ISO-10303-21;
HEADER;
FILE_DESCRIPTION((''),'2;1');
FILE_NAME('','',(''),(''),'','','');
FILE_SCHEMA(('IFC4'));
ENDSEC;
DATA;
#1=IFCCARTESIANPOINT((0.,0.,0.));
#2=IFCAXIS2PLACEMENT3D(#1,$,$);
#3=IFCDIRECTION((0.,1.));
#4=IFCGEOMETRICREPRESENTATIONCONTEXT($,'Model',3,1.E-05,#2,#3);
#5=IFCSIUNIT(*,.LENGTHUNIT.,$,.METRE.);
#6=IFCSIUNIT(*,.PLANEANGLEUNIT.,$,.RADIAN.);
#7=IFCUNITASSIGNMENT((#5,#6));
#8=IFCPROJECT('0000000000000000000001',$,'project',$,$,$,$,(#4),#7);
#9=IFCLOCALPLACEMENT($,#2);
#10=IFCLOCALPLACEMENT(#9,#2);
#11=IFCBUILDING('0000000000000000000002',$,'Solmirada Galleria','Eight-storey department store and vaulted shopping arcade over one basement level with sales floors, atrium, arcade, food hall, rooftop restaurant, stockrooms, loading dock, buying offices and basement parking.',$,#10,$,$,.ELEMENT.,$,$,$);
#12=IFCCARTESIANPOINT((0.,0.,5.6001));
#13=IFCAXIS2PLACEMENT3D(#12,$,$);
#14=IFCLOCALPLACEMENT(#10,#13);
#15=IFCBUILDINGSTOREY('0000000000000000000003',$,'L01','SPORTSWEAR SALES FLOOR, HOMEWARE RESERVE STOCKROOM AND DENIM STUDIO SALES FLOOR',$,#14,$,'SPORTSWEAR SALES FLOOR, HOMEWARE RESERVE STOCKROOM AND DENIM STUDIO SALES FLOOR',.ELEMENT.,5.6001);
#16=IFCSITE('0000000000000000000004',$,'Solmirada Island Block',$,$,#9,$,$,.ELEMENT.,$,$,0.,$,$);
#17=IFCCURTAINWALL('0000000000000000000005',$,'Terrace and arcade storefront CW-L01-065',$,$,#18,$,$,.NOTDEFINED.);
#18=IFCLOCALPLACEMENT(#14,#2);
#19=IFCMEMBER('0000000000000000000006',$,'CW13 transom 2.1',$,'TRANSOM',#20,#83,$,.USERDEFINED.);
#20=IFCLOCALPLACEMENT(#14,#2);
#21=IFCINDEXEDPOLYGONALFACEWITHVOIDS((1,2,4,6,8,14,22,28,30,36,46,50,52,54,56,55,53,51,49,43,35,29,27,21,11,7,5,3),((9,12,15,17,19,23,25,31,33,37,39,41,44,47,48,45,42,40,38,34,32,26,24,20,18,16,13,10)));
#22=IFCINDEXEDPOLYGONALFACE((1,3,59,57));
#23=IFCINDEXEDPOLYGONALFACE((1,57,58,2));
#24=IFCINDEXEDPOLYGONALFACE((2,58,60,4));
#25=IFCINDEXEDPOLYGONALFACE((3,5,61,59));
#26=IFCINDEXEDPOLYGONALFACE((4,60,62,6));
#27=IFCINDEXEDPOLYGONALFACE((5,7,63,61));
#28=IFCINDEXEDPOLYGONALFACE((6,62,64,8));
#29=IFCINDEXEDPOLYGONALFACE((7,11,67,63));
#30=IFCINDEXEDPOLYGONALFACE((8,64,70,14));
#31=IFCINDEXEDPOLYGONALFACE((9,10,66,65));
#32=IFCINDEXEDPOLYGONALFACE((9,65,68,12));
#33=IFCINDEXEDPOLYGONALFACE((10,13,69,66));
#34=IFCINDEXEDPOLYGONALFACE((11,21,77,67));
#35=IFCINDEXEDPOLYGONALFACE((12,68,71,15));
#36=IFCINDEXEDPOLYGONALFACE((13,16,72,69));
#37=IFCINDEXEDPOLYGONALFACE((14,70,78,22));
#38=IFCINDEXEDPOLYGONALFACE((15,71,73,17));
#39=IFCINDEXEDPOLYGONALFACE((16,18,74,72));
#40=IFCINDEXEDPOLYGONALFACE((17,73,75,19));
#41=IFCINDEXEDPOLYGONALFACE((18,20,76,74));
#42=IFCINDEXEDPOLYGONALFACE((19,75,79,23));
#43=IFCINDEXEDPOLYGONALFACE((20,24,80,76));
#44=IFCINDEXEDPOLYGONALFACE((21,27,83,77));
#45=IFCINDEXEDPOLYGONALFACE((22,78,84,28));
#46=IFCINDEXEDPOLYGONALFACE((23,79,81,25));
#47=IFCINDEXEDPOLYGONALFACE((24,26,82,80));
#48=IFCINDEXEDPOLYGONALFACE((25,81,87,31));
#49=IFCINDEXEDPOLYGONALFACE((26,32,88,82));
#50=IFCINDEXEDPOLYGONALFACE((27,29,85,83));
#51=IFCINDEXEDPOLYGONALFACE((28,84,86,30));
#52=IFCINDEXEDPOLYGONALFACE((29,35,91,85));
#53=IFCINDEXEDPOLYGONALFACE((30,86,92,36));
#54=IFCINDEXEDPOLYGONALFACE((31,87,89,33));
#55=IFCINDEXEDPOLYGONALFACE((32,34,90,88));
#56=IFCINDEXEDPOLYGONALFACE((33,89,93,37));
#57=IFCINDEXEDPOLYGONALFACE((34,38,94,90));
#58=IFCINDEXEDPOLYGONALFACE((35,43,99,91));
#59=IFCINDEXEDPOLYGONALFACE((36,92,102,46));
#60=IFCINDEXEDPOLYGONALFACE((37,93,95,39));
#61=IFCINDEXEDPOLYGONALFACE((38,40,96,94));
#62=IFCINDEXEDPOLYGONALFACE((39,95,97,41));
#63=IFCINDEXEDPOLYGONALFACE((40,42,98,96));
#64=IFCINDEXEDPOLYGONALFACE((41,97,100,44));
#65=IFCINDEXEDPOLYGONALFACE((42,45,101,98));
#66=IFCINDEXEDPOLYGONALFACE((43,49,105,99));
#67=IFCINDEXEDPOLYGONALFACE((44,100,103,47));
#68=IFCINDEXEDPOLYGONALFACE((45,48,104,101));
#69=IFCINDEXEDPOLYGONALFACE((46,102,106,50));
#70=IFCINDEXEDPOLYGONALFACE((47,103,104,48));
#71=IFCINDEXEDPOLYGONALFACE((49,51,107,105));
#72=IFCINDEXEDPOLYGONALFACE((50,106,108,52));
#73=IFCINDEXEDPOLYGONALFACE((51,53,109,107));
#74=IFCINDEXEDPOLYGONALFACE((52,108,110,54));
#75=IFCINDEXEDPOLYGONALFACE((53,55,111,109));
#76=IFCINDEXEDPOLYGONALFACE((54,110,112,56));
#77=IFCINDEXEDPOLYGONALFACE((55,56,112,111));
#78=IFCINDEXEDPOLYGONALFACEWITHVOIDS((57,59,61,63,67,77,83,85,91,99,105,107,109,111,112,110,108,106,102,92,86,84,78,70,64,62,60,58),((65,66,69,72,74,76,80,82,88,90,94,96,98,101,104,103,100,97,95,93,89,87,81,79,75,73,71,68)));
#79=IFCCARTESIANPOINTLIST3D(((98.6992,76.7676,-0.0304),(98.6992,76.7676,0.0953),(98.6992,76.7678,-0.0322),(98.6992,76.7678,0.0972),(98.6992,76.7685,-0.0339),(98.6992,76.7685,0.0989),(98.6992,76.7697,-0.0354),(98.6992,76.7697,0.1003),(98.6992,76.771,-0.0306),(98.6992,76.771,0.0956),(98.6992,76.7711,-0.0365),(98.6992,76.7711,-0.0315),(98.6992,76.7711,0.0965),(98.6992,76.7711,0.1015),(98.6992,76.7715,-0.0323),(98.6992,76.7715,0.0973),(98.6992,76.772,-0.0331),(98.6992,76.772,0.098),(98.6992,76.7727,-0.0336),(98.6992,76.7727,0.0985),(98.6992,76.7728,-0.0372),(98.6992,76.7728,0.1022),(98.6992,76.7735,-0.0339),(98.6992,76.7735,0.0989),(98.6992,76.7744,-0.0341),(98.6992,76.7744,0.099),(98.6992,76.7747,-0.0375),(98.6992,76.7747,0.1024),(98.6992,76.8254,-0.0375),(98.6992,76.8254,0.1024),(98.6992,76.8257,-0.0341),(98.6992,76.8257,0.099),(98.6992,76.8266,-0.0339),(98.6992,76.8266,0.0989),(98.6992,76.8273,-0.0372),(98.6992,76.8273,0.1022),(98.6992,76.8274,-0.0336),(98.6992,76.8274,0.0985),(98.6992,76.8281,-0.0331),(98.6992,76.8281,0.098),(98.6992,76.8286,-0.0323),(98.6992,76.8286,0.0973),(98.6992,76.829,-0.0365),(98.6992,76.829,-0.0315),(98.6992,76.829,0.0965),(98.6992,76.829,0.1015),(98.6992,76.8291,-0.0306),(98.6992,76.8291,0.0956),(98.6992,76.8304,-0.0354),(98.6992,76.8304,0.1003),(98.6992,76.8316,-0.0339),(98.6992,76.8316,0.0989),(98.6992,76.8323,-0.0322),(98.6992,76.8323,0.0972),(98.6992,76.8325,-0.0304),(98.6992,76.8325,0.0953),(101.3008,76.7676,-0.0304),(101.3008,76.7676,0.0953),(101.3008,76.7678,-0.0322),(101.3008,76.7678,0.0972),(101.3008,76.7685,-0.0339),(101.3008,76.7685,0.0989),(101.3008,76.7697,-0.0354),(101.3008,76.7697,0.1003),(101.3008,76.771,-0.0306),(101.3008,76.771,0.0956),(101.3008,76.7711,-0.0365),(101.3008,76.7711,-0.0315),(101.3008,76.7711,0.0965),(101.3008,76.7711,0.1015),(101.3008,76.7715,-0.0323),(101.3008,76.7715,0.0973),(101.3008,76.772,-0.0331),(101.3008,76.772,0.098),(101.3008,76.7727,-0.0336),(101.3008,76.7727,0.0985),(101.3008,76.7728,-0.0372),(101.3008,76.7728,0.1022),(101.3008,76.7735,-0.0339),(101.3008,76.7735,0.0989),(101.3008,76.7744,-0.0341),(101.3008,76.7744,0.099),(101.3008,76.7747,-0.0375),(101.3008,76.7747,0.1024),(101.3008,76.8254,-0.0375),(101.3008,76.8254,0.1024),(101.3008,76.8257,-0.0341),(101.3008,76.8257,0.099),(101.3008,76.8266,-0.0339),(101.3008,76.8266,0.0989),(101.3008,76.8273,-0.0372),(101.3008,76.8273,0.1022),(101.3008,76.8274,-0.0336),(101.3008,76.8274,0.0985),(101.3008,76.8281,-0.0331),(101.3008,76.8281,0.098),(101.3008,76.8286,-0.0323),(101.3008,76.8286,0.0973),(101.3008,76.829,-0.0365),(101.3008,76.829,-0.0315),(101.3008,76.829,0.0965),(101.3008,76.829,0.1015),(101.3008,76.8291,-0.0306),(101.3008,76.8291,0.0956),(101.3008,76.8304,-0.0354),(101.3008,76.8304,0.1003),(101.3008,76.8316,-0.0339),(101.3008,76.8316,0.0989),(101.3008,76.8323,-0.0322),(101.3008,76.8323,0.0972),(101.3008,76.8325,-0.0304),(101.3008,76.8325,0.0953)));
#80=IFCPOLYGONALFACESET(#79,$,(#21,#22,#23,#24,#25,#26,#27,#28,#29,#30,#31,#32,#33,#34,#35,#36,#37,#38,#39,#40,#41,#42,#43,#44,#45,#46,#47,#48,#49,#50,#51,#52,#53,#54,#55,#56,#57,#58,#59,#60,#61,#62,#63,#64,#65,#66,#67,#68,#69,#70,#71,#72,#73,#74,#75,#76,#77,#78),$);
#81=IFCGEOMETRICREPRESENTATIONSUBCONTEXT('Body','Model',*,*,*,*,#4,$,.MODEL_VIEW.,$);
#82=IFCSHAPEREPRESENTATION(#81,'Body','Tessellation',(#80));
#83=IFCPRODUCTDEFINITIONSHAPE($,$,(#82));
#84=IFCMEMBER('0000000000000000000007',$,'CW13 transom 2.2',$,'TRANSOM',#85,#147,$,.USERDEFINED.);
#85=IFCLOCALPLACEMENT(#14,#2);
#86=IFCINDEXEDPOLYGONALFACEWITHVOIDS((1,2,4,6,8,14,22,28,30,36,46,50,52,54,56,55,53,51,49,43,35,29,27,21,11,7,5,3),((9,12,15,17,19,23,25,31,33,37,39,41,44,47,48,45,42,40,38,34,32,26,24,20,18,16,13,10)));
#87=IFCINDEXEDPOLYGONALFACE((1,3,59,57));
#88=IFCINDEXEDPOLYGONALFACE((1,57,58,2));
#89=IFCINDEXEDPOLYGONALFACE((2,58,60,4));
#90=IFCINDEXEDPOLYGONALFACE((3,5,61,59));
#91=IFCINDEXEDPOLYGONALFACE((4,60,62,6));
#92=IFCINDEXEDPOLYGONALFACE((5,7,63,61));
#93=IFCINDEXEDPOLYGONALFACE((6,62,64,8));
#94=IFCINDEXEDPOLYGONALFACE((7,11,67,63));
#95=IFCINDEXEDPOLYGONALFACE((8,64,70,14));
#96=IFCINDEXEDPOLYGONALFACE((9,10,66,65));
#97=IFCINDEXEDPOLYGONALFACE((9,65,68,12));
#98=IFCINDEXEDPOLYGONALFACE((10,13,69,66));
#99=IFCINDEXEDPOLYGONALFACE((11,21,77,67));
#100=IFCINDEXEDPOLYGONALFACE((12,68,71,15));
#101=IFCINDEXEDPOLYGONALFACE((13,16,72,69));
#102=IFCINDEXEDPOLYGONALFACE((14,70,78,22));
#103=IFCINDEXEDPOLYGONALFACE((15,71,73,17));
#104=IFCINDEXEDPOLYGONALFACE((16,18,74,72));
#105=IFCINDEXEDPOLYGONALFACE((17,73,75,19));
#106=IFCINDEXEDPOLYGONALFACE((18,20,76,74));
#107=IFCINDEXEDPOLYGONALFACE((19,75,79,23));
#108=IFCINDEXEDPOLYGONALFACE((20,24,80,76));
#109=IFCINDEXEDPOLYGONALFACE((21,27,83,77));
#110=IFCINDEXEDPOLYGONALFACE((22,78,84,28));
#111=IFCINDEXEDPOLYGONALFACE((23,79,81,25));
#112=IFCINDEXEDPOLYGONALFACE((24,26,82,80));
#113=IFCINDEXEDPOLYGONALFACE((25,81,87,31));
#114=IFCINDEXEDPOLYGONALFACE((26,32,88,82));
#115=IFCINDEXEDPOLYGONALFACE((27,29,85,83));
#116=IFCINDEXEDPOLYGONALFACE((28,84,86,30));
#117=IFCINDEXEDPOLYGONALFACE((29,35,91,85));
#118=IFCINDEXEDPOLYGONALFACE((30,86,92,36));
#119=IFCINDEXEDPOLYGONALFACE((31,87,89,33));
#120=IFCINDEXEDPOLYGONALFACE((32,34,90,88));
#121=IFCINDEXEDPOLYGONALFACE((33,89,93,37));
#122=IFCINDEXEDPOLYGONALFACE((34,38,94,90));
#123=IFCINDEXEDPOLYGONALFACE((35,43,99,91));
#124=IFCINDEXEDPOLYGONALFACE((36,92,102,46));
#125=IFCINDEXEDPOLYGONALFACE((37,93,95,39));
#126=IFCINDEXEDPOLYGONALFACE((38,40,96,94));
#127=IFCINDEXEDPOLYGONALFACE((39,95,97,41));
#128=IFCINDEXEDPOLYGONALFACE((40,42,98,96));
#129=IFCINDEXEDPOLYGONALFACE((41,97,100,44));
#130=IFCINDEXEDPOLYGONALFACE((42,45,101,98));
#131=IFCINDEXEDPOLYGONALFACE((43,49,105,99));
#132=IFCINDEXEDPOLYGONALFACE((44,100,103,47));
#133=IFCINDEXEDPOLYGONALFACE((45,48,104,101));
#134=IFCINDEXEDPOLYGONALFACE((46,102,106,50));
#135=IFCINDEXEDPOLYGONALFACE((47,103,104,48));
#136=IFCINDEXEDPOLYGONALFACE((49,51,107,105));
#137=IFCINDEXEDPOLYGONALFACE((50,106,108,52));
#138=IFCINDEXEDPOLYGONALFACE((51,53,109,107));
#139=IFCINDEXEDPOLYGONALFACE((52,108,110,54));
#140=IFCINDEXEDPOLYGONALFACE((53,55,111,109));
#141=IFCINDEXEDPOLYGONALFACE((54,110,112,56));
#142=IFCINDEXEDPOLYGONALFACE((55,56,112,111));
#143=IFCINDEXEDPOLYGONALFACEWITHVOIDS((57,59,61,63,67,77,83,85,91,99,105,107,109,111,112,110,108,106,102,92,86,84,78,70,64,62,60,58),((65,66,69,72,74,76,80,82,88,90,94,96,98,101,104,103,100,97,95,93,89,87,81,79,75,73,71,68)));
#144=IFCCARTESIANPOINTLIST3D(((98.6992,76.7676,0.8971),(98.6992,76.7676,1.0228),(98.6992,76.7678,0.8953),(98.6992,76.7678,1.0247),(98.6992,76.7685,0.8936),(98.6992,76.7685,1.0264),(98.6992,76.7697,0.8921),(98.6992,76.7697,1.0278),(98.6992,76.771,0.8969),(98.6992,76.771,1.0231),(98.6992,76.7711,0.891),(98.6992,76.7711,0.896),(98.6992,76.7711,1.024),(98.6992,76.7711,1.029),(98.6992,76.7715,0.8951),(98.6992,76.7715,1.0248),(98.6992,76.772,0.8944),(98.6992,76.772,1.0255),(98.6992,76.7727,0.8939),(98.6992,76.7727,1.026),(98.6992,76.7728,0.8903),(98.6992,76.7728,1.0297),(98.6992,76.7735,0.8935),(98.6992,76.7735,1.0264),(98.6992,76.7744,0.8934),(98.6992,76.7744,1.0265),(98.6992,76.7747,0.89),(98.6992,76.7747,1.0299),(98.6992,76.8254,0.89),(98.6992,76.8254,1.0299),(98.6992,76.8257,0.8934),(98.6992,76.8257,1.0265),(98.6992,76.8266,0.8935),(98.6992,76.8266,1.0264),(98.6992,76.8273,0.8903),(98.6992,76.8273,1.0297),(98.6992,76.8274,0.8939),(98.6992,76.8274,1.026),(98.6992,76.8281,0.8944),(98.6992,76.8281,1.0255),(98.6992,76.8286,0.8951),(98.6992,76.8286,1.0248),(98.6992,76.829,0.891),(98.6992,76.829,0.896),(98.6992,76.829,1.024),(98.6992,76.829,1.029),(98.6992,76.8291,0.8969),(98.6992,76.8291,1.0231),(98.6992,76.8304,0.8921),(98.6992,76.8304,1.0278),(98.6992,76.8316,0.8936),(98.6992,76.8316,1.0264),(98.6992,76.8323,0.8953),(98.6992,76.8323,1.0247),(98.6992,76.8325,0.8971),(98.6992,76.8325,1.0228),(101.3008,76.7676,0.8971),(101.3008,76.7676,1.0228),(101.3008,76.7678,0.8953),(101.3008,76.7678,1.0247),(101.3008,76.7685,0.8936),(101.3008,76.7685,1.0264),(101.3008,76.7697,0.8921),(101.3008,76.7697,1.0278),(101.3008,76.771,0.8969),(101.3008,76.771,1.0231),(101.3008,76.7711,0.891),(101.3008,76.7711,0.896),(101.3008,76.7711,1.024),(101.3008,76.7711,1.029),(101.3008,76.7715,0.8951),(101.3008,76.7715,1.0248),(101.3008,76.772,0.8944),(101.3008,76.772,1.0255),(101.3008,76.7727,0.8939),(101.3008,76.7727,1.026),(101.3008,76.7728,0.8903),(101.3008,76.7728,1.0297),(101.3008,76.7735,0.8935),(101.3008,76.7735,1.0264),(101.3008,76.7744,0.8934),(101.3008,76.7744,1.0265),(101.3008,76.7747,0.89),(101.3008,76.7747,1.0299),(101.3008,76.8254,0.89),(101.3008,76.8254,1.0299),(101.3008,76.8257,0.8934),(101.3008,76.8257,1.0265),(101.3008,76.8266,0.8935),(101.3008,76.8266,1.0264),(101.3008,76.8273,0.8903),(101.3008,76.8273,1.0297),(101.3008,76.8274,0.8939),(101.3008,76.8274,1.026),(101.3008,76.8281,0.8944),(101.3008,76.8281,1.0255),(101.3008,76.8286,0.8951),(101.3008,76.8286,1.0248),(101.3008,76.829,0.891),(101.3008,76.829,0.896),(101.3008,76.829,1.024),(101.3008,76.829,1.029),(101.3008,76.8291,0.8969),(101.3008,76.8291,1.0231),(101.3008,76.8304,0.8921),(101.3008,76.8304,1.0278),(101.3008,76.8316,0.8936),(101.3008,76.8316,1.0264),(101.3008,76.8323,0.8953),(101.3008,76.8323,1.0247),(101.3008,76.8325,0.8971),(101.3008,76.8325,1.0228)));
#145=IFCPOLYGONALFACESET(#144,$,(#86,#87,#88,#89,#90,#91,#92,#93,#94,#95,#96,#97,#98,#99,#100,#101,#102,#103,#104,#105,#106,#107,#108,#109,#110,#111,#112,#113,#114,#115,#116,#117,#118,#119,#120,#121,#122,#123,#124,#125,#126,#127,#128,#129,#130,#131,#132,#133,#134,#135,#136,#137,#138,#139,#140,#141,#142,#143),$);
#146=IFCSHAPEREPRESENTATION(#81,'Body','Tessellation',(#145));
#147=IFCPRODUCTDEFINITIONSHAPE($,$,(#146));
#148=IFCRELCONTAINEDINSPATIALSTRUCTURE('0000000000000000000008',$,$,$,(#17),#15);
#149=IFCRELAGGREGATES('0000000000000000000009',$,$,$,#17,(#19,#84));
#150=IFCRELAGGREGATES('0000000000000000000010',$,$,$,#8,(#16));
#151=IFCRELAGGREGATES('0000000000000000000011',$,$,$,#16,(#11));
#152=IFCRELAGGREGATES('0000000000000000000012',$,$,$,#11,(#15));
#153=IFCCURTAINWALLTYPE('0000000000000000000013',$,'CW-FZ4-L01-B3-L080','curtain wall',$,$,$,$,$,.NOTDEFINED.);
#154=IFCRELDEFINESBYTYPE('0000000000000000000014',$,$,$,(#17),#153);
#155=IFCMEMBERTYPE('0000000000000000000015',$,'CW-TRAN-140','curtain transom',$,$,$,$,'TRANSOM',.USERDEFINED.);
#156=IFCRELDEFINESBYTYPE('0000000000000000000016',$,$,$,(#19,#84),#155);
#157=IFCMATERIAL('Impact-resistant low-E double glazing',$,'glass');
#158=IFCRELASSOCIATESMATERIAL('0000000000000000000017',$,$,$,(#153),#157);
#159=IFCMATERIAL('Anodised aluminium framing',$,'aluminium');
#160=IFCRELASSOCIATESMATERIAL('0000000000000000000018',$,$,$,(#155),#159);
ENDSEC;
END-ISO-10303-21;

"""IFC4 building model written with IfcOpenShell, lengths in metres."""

from ifc_helpers import new_model, si_unit, direction, frame, origin, origin_2d, place, context, subcontext, project, spatial, hollow_rectangle, extrude, material, material_profile, profile_set, type_object, element, aggregate, save


model = new_model("IFC4")

# Units and contexts
model_context = context("Model", 3, precision=1e-05, world=origin(), true_north=direction((0.0, 1.0)))
body_context = subcontext(model_context, "Body", "Model", "MODEL_VIEW")
ifc_project = project(units=[si_unit("LENGTHUNIT", "METRE"), si_unit("PLANEANGLEUNIT", "RADIAN")], contexts=[model_context])

# Site, building, storey
site_placement = place(None, origin())
site = spatial("IfcSite", under=ifc_project, at=site_placement, Name="Solmirada Island Block", CompositionType="ELEMENT", RefElevation=0.0)
building_placement = place(site_placement, origin())
building = spatial("IfcBuilding", under=site, at=building_placement, Name="Solmirada Galleria", Description="Eight-storey department store and vaulted shopping arcade over one basement level with sales floors, atrium, arcade, food hall, rooftop restaurant, stockrooms, loading dock, buying offices and basement parking.", CompositionType="ELEMENT")
storey_placement = place(building_placement, frame((0.0, 0.0, 5.6001)))
storey = spatial("IfcBuildingStorey", under=building, at=storey_placement, Name="L01", Description="SPORTSWEAR SALES FLOOR, HOMEWARE RESERVE STOCKROOM AND DENIM STUDIO SALES FLOOR", LongName="SPORTSWEAR SALES FLOOR, HOMEWARE RESERVE STOCKROOM AND DENIM STUDIO SALES FLOOR", CompositionType="ELEMENT", Elevation=5.6001)

# Curtain wall, members
ifc_material_1 = material(Name="Impact-resistant low-E double glazing", Category="glass")
curtain_wall_type = type_object("IfcCurtainWallType", Name="CW-FZ4-L01-B3-L080", Description="curtain wall", PredefinedType="NOTDEFINED", material=ifc_material_1)
curtain_wall_placement = place(storey_placement, origin())
curtain_wall = element("IfcCurtainWall", 1, at=curtain_wall_placement, inside=storey, type_object=curtain_wall_type, Name="Terrace and arcade storefront CW-L01-065", PredefinedType="NOTDEFINED")
ifc_material_2 = material(Name="Anodised aluminium framing", Category="aluminium")
ifc_material_profile_1 = material_profile(ifc_material_2, hollow_rectangle(XDim=0.0649, YDim=0.1399, WallThickness=0.0034, InnerFilletRadius=0.0034, OuterFilletRadius=0.0071, at=origin_2d()), Name="ALU-TRAN-140X65")
ifc_profile_set_1 = profile_set([ifc_material_profile_1], Name="Anodised aluminium framing")
member_type_1 = type_object("IfcMemberType", Name="CW-TRAN-140", Description="curtain transom", ElementType="TRANSOM", PredefinedType="USERDEFINED", material=ifc_profile_set_1)
member_1_placement = place(storey_placement, frame((101.3008, 76.8, 0.0325), z_axis=(-1.0, 0.0, 0.0), x_axis=(0.0, -1.0, 0.0)))
member_1 = element("IfcMember", 2, at=member_1_placement, type_object=member_type_1, Name="CW13 transom 2.1", ObjectType="TRANSOM", PredefinedType="USERDEFINED", context=body_context, shape_type="SweptSolid", body=[
    extrude(hollow_rectangle(XDim=0.0649, YDim=0.1399, WallThickness=0.0034, InnerFilletRadius=0.0034, OuterFilletRadius=0.0071, at=origin_2d()), origin(), (0.0, 0.0, 1.0), 2.6016),
])
member_2_placement = place(storey_placement, frame((101.3008, 76.8, 0.96), z_axis=(-1.0, 0.0, 0.0), x_axis=(0.0, -1.0, 0.0)))
member_2 = element("IfcMember", 3, at=member_2_placement, type_object=member_type_1, Name="CW13 transom 2.2", ObjectType="TRANSOM", PredefinedType="USERDEFINED", context=body_context, shape_type="SweptSolid", body=[
    extrude(hollow_rectangle(XDim=0.0649, YDim=0.1399, WallThickness=0.0034, InnerFilletRadius=0.0034, OuterFilletRadius=0.0071, at=origin_2d()), origin(), (0.0, 0.0, 1.0), 2.6016),
])
aggregate(curtain_wall, [member_1, member_2])

save(model, "model.ifc")
